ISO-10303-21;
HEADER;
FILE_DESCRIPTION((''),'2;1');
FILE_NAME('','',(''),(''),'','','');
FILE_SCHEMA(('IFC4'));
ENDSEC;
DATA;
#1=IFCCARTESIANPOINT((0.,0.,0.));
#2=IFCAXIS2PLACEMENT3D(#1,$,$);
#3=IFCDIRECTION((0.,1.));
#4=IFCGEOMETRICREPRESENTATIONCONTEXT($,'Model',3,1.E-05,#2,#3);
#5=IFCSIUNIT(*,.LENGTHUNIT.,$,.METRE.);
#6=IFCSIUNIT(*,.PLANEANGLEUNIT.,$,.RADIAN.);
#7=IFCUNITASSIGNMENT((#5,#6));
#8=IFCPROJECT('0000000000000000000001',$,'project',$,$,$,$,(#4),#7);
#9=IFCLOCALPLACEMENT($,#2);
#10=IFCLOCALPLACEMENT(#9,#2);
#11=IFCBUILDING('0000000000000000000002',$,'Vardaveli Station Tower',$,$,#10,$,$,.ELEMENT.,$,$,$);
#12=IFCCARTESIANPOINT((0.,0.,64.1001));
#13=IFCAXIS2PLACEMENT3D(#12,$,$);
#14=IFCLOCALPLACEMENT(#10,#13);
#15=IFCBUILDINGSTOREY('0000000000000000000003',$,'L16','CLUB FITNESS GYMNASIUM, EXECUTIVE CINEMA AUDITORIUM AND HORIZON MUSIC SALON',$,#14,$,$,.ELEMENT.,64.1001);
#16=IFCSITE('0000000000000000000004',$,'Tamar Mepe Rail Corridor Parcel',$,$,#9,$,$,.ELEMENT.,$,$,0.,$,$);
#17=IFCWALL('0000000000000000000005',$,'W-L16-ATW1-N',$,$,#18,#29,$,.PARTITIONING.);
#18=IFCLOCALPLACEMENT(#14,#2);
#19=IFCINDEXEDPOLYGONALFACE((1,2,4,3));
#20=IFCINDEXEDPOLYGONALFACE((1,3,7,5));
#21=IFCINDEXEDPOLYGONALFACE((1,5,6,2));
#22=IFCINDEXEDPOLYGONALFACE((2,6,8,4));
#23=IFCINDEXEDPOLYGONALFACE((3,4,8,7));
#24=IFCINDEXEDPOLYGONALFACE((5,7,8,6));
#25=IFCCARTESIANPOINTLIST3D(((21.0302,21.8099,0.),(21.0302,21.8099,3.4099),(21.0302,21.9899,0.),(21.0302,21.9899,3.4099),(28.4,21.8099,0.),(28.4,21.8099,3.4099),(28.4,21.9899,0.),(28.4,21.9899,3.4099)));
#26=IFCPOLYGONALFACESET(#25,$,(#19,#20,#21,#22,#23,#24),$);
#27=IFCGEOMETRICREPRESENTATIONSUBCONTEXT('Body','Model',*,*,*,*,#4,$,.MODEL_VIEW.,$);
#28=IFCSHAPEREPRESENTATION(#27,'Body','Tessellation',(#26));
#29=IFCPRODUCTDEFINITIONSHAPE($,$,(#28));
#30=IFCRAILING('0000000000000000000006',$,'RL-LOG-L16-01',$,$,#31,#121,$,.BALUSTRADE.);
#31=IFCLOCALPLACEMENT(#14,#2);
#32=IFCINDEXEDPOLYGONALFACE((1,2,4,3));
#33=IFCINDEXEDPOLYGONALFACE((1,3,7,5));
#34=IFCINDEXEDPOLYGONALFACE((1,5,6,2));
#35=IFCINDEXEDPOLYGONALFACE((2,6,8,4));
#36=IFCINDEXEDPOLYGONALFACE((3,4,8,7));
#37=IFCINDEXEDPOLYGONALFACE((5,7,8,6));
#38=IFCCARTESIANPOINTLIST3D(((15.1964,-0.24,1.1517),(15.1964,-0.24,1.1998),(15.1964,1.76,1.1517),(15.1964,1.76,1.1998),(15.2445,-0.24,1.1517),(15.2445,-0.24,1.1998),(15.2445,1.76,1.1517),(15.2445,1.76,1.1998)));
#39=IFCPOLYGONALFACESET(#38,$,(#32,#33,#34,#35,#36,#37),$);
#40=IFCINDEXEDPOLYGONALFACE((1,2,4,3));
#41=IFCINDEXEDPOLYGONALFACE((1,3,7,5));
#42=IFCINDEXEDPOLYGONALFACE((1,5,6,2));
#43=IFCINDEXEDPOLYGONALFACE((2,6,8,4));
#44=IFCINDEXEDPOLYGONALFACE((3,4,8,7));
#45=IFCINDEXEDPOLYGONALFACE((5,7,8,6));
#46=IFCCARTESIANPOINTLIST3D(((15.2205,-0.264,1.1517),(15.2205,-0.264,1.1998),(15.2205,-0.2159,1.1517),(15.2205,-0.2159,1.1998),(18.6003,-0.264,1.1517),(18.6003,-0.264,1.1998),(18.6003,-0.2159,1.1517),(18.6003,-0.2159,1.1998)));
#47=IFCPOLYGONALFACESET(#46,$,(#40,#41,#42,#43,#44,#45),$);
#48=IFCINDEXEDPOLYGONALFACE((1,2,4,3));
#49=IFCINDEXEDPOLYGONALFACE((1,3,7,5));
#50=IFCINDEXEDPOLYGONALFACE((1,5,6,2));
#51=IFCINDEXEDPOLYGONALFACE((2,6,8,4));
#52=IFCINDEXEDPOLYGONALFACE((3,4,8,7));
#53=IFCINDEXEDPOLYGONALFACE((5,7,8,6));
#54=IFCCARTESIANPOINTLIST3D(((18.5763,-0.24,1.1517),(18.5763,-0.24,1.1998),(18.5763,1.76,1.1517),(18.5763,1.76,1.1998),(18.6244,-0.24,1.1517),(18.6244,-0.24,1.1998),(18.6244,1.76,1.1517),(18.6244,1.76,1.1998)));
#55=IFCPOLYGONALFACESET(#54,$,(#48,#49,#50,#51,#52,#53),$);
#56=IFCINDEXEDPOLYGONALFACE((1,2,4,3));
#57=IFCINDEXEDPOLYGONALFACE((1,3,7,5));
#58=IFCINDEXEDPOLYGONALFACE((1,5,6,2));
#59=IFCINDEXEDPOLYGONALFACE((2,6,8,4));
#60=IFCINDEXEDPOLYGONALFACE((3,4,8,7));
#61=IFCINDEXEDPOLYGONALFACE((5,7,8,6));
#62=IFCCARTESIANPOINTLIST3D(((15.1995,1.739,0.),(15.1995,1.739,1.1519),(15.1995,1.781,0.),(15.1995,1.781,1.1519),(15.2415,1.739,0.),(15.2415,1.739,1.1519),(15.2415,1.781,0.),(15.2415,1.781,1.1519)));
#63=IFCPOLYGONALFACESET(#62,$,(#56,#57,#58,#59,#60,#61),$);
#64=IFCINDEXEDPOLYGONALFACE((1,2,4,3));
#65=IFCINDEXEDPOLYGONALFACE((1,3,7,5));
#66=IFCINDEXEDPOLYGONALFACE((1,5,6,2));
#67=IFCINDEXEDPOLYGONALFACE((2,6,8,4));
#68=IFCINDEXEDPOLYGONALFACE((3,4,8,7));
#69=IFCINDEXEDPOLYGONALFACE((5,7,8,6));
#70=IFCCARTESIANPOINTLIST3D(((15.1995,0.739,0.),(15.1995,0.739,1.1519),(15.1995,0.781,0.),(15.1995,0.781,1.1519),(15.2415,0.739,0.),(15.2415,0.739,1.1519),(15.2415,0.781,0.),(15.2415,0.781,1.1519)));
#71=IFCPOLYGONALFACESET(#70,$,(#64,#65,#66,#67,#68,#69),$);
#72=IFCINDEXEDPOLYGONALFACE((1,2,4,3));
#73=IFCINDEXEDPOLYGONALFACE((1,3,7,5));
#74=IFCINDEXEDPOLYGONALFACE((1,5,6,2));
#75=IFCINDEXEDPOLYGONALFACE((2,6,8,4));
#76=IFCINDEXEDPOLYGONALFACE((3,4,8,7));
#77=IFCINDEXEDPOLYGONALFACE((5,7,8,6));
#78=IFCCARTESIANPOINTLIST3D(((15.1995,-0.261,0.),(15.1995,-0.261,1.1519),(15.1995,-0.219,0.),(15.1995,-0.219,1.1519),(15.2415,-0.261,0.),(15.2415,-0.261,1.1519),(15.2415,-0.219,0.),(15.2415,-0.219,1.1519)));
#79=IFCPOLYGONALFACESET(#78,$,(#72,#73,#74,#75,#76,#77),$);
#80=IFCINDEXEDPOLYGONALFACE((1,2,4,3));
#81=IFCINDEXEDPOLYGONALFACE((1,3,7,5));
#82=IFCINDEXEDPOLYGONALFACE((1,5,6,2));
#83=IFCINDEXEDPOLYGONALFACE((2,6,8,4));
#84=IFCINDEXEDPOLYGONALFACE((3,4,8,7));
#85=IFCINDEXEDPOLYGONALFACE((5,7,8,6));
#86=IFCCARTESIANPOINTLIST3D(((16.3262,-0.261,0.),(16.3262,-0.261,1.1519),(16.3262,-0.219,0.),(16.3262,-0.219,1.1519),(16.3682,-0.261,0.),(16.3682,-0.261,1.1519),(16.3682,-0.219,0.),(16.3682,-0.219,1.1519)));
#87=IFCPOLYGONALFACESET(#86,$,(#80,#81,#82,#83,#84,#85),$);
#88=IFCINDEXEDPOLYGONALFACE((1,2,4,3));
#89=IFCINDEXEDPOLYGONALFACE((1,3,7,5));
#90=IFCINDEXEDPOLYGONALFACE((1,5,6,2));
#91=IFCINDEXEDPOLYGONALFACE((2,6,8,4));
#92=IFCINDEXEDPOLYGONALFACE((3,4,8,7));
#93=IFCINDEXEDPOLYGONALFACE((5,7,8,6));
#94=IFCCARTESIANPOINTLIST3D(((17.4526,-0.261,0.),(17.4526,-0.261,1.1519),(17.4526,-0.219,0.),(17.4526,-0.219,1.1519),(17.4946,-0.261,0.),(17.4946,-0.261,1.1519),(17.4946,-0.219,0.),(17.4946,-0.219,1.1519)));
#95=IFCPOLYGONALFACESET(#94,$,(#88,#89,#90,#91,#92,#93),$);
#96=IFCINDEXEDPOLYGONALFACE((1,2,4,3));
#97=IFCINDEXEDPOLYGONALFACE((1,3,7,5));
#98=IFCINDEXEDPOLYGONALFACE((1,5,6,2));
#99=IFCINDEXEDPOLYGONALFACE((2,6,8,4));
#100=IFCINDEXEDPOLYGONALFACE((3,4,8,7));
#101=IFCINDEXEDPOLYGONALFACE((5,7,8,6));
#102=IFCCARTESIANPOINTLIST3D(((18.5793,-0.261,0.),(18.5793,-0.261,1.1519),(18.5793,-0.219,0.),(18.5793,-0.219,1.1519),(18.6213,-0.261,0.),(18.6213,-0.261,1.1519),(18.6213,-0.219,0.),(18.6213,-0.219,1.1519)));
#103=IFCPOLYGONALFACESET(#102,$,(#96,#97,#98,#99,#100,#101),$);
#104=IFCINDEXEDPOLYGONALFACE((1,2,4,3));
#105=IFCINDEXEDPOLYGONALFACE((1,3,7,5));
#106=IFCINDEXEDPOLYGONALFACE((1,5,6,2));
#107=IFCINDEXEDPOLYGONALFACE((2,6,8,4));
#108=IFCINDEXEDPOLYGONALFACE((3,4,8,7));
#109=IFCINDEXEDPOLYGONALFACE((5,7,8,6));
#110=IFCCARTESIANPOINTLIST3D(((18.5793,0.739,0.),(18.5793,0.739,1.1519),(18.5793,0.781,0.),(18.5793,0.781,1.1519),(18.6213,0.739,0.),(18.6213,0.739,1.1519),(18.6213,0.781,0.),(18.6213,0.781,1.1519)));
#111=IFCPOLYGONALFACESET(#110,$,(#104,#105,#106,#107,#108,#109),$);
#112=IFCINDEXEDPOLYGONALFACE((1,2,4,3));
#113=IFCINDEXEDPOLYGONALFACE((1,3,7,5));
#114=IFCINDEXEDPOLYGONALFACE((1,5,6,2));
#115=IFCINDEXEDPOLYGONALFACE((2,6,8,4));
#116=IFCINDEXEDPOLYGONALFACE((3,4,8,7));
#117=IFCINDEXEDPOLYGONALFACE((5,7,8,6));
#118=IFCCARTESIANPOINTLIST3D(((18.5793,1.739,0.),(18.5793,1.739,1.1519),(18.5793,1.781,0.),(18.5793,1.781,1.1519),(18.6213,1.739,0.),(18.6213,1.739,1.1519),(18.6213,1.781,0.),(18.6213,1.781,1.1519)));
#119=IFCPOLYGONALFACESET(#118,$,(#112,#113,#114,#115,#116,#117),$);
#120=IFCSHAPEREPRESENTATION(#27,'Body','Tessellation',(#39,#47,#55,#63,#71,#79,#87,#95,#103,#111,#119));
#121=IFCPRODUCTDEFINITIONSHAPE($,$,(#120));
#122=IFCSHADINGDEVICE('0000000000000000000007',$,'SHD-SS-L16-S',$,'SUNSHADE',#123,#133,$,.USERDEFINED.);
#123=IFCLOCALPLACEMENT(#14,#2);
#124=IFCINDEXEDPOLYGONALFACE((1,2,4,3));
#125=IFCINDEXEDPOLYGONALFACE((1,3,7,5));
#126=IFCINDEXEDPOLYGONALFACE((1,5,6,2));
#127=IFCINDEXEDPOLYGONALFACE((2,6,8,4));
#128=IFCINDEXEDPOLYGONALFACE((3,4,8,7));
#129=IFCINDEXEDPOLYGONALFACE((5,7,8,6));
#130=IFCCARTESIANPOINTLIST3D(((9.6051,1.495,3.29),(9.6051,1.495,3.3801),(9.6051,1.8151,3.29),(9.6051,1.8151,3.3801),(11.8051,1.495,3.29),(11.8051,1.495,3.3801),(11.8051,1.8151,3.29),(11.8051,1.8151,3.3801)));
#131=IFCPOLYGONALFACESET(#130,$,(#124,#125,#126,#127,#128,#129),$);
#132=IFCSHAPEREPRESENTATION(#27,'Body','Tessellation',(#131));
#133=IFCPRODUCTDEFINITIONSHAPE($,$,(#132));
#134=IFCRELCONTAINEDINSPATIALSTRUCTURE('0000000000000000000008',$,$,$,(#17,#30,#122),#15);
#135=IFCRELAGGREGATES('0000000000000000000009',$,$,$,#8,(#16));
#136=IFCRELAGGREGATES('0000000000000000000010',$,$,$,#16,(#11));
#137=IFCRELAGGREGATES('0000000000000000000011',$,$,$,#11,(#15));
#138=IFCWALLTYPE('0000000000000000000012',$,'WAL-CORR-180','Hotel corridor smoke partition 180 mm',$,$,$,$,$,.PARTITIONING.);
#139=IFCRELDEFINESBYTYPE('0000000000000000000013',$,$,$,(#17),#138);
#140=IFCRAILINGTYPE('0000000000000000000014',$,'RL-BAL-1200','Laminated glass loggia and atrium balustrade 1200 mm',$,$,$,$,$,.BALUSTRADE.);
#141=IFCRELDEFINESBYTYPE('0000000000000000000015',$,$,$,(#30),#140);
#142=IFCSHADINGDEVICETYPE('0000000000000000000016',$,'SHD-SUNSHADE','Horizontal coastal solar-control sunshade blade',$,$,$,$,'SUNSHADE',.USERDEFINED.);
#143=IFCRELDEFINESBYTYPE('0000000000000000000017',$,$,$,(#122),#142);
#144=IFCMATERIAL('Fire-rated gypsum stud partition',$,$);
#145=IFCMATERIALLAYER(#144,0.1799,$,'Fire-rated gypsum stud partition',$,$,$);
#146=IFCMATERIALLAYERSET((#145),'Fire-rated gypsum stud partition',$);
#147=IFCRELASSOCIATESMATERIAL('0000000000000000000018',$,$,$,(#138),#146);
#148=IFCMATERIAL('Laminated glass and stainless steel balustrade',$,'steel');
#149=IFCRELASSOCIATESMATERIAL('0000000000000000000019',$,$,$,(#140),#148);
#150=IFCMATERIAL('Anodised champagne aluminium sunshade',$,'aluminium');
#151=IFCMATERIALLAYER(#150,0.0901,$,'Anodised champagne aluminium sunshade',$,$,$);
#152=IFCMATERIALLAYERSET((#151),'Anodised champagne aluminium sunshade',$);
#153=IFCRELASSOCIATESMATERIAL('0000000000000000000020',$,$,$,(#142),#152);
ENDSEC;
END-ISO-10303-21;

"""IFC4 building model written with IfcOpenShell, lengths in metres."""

from ifc_helpers import new_model, si_unit, direction, frame, frame_2d, origin, origin_2d, place, context, subcontext, project, spatial, rectangle, extrude, source, transform, mapped, material, layer, layer_set, type_object, element, save


model = new_model("IFC4")

# Units and contexts
model_context = context("Model", 3, precision=1e-05, world=origin(), true_north=direction((0.0, 1.0)))
body_context = subcontext(model_context, "Body", "Model", "MODEL_VIEW")
ifc_project = project(units=[si_unit("LENGTHUNIT", "METRE"), si_unit("PLANEANGLEUNIT", "RADIAN")], contexts=[model_context])

# Site, building, storey
site_placement = place(None, origin())
site = spatial("IfcSite", under=ifc_project, at=site_placement, Name="Tamar Mepe Rail Corridor Parcel", CompositionType="ELEMENT", RefElevation=0.0)
building_placement = place(site_placement, origin())
building = spatial("IfcBuilding", under=site, at=building_placement, Name="Vardaveli Station Tower", CompositionType="ELEMENT")
storey_placement = place(building_placement, frame((0.0, 0.0, 64.1001)))
storey = spatial("IfcBuildingStorey", under=building, at=storey_placement, Name="L16", Description="CLUB FITNESS GYMNASIUM, EXECUTIVE CINEMA AUDITORIUM AND HORIZON MUSIC SALON", CompositionType="ELEMENT", Elevation=64.1001)

# Shared definitions
ifc_material_1 = material(Name="Fire-rated gypsum stud partition")
ifc_layer_1 = layer(ifc_material_1, 0.1799, Name="Fire-rated gypsum stud partition")
ifc_layer_set_1 = layer_set([ifc_layer_1], Name="Fire-rated gypsum stud partition")
wall_type_1 = type_object("IfcWallType", Name="WAL-CORR-180", Description="Hotel corridor smoke partition 180 mm", PredefinedType="PARTITIONING", material=ifc_layer_set_1)

# Wall
shared_shape_1 = source(origin(), body_context, "Body", "SweptSolid", [
    extrude(rectangle(XDim=7.3699, YDim=0.1799, at=frame_2d((3.6851, 0.0))), origin(), (0.0, 0.0, 1.0), 3.4099),
])
wall_1_placement = place(storey_placement, frame((21.03, 21.8999, 0.0), z_axis=(0.0, 0.0, 1.0), x_axis=(1.0, 0.0, 0.0)))
element("IfcWall", 1, at=wall_1_placement, inside=storey, type_object=wall_type_1, Name="W-L16-ATW1-N", PredefinedType="PARTITIONING", context=body_context, shape_type="MappedRepresentation", body=[
    mapped(shared_shape_1, transform((0.0, 0.0, 0.0), scale=1.0)),
])

# Railing
ifc_material_2 = material(Name="Laminated glass and stainless steel balustrade", Category="steel")
railing_type = type_object("IfcRailingType", Name="RL-BAL-1200", Description="Laminated glass loggia and atrium balustrade 1200 mm", PredefinedType="BALUSTRADE", material=ifc_material_2)
shared_shape_2 = source(origin(), body_context, "Body", "SweptSolid", [
    extrude(rectangle(XDim=0.0481, YDim=0.0481, at=origin_2d()), frame((0.0, 0.0, 1.1758), z_axis=(0.0, -1.0, 0.0), x_axis=(1.0, 0.0, 0.0)), (0.0, 0.0, 1.0), 2.0),
    extrude(rectangle(XDim=0.0481, YDim=0.0481, at=origin_2d()), frame((0.0, -2.0, 1.1758), z_axis=(1.0, 0.0, 0.0), x_axis=(0.0, 1.0, 0.0)), (0.0, 0.0, 1.0), 3.3799),
    extrude(rectangle(XDim=0.0481, YDim=0.0481, at=origin_2d()), frame((3.3799, -2.0, 1.1758), z_axis=(0.0, 1.0, 0.0), x_axis=(-1.0, 0.0, 0.0)), (0.0, 0.0, 1.0), 2.0),
    extrude(rectangle(XDim=0.042, YDim=0.042, at=origin_2d()), origin(), (0.0, 0.0, 1.0), 1.1519),
    extrude(rectangle(XDim=0.042, YDim=0.042, at=origin_2d()), frame((0.0, -1.0, 0.0)), (0.0, 0.0, 1.0), 1.1519),
    extrude(rectangle(XDim=0.042, YDim=0.042, at=origin_2d()), frame((0.0, -2.0, 0.0)), (0.0, 0.0, 1.0), 1.1519),
    extrude(rectangle(XDim=0.042, YDim=0.042, at=origin_2d()), frame((1.1267, -2.0, 0.0)), (0.0, 0.0, 1.0), 1.1519),
    extrude(rectangle(XDim=0.042, YDim=0.042, at=origin_2d()), frame((2.2532, -2.0, 0.0)), (0.0, 0.0, 1.0), 1.1519),
    extrude(rectangle(XDim=0.042, YDim=0.042, at=origin_2d()), frame((3.3799, -2.0, 0.0)), (0.0, 0.0, 1.0), 1.1519),
    extrude(rectangle(XDim=0.042, YDim=0.042, at=origin_2d()), frame((3.3799, -1.0, 0.0)), (0.0, 0.0, 1.0), 1.1519),
    extrude(rectangle(XDim=0.042, YDim=0.042, at=origin_2d()), frame((3.3799, 0.0, 0.0)), (0.0, 0.0, 1.0), 1.1519),
])
railing_placement = place(storey_placement, frame((15.2205, 1.76, 0.0)))
element("IfcRailing", 2, at=railing_placement, inside=storey, type_object=railing_type, Name="RL-LOG-L16-01", PredefinedType="BALUSTRADE", context=body_context, shape_type="MappedRepresentation", body=[
    mapped(shared_shape_2, transform((0.0, 0.0, 0.0), scale=1.0)),
])

# Shading device
ifc_material_3 = material(Name="Anodised champagne aluminium sunshade", Category="aluminium")
ifc_layer_2 = layer(ifc_material_3, 0.0901, Name="Anodised champagne aluminium sunshade")
ifc_layer_set_2 = layer_set([ifc_layer_2], Name="Anodised champagne aluminium sunshade")
shading_device_type = type_object("IfcShadingDeviceType", Name="SHD-SUNSHADE", Description="Horizontal coastal solar-control sunshade blade", ElementType="SUNSHADE", PredefinedType="USERDEFINED", material=ifc_layer_set_2)
shared_shape_3 = source(origin(), body_context, "Body", "SweptSolid", [
    extrude(rectangle(XDim=2.2, YDim=0.3201, at=origin_2d()), origin(), (0.0, 0.0, 1.0), 0.0901),
])
shading_device_placement = place(storey_placement, frame((10.7051, 1.655, 3.29), z_axis=(0.0, 0.0, 1.0), x_axis=(1.0, 0.0, 0.0)))
element("IfcShadingDevice", 3, at=shading_device_placement, inside=storey, type_object=shading_device_type, Name="SHD-SS-L16-S", ObjectType="SUNSHADE", PredefinedType="USERDEFINED", context=body_context, shape_type="MappedRepresentation", body=[
    mapped(shared_shape_3, transform((0.0, 0.0, 0.0), scale=1.0)),
])

save(model, "model.ifc")
